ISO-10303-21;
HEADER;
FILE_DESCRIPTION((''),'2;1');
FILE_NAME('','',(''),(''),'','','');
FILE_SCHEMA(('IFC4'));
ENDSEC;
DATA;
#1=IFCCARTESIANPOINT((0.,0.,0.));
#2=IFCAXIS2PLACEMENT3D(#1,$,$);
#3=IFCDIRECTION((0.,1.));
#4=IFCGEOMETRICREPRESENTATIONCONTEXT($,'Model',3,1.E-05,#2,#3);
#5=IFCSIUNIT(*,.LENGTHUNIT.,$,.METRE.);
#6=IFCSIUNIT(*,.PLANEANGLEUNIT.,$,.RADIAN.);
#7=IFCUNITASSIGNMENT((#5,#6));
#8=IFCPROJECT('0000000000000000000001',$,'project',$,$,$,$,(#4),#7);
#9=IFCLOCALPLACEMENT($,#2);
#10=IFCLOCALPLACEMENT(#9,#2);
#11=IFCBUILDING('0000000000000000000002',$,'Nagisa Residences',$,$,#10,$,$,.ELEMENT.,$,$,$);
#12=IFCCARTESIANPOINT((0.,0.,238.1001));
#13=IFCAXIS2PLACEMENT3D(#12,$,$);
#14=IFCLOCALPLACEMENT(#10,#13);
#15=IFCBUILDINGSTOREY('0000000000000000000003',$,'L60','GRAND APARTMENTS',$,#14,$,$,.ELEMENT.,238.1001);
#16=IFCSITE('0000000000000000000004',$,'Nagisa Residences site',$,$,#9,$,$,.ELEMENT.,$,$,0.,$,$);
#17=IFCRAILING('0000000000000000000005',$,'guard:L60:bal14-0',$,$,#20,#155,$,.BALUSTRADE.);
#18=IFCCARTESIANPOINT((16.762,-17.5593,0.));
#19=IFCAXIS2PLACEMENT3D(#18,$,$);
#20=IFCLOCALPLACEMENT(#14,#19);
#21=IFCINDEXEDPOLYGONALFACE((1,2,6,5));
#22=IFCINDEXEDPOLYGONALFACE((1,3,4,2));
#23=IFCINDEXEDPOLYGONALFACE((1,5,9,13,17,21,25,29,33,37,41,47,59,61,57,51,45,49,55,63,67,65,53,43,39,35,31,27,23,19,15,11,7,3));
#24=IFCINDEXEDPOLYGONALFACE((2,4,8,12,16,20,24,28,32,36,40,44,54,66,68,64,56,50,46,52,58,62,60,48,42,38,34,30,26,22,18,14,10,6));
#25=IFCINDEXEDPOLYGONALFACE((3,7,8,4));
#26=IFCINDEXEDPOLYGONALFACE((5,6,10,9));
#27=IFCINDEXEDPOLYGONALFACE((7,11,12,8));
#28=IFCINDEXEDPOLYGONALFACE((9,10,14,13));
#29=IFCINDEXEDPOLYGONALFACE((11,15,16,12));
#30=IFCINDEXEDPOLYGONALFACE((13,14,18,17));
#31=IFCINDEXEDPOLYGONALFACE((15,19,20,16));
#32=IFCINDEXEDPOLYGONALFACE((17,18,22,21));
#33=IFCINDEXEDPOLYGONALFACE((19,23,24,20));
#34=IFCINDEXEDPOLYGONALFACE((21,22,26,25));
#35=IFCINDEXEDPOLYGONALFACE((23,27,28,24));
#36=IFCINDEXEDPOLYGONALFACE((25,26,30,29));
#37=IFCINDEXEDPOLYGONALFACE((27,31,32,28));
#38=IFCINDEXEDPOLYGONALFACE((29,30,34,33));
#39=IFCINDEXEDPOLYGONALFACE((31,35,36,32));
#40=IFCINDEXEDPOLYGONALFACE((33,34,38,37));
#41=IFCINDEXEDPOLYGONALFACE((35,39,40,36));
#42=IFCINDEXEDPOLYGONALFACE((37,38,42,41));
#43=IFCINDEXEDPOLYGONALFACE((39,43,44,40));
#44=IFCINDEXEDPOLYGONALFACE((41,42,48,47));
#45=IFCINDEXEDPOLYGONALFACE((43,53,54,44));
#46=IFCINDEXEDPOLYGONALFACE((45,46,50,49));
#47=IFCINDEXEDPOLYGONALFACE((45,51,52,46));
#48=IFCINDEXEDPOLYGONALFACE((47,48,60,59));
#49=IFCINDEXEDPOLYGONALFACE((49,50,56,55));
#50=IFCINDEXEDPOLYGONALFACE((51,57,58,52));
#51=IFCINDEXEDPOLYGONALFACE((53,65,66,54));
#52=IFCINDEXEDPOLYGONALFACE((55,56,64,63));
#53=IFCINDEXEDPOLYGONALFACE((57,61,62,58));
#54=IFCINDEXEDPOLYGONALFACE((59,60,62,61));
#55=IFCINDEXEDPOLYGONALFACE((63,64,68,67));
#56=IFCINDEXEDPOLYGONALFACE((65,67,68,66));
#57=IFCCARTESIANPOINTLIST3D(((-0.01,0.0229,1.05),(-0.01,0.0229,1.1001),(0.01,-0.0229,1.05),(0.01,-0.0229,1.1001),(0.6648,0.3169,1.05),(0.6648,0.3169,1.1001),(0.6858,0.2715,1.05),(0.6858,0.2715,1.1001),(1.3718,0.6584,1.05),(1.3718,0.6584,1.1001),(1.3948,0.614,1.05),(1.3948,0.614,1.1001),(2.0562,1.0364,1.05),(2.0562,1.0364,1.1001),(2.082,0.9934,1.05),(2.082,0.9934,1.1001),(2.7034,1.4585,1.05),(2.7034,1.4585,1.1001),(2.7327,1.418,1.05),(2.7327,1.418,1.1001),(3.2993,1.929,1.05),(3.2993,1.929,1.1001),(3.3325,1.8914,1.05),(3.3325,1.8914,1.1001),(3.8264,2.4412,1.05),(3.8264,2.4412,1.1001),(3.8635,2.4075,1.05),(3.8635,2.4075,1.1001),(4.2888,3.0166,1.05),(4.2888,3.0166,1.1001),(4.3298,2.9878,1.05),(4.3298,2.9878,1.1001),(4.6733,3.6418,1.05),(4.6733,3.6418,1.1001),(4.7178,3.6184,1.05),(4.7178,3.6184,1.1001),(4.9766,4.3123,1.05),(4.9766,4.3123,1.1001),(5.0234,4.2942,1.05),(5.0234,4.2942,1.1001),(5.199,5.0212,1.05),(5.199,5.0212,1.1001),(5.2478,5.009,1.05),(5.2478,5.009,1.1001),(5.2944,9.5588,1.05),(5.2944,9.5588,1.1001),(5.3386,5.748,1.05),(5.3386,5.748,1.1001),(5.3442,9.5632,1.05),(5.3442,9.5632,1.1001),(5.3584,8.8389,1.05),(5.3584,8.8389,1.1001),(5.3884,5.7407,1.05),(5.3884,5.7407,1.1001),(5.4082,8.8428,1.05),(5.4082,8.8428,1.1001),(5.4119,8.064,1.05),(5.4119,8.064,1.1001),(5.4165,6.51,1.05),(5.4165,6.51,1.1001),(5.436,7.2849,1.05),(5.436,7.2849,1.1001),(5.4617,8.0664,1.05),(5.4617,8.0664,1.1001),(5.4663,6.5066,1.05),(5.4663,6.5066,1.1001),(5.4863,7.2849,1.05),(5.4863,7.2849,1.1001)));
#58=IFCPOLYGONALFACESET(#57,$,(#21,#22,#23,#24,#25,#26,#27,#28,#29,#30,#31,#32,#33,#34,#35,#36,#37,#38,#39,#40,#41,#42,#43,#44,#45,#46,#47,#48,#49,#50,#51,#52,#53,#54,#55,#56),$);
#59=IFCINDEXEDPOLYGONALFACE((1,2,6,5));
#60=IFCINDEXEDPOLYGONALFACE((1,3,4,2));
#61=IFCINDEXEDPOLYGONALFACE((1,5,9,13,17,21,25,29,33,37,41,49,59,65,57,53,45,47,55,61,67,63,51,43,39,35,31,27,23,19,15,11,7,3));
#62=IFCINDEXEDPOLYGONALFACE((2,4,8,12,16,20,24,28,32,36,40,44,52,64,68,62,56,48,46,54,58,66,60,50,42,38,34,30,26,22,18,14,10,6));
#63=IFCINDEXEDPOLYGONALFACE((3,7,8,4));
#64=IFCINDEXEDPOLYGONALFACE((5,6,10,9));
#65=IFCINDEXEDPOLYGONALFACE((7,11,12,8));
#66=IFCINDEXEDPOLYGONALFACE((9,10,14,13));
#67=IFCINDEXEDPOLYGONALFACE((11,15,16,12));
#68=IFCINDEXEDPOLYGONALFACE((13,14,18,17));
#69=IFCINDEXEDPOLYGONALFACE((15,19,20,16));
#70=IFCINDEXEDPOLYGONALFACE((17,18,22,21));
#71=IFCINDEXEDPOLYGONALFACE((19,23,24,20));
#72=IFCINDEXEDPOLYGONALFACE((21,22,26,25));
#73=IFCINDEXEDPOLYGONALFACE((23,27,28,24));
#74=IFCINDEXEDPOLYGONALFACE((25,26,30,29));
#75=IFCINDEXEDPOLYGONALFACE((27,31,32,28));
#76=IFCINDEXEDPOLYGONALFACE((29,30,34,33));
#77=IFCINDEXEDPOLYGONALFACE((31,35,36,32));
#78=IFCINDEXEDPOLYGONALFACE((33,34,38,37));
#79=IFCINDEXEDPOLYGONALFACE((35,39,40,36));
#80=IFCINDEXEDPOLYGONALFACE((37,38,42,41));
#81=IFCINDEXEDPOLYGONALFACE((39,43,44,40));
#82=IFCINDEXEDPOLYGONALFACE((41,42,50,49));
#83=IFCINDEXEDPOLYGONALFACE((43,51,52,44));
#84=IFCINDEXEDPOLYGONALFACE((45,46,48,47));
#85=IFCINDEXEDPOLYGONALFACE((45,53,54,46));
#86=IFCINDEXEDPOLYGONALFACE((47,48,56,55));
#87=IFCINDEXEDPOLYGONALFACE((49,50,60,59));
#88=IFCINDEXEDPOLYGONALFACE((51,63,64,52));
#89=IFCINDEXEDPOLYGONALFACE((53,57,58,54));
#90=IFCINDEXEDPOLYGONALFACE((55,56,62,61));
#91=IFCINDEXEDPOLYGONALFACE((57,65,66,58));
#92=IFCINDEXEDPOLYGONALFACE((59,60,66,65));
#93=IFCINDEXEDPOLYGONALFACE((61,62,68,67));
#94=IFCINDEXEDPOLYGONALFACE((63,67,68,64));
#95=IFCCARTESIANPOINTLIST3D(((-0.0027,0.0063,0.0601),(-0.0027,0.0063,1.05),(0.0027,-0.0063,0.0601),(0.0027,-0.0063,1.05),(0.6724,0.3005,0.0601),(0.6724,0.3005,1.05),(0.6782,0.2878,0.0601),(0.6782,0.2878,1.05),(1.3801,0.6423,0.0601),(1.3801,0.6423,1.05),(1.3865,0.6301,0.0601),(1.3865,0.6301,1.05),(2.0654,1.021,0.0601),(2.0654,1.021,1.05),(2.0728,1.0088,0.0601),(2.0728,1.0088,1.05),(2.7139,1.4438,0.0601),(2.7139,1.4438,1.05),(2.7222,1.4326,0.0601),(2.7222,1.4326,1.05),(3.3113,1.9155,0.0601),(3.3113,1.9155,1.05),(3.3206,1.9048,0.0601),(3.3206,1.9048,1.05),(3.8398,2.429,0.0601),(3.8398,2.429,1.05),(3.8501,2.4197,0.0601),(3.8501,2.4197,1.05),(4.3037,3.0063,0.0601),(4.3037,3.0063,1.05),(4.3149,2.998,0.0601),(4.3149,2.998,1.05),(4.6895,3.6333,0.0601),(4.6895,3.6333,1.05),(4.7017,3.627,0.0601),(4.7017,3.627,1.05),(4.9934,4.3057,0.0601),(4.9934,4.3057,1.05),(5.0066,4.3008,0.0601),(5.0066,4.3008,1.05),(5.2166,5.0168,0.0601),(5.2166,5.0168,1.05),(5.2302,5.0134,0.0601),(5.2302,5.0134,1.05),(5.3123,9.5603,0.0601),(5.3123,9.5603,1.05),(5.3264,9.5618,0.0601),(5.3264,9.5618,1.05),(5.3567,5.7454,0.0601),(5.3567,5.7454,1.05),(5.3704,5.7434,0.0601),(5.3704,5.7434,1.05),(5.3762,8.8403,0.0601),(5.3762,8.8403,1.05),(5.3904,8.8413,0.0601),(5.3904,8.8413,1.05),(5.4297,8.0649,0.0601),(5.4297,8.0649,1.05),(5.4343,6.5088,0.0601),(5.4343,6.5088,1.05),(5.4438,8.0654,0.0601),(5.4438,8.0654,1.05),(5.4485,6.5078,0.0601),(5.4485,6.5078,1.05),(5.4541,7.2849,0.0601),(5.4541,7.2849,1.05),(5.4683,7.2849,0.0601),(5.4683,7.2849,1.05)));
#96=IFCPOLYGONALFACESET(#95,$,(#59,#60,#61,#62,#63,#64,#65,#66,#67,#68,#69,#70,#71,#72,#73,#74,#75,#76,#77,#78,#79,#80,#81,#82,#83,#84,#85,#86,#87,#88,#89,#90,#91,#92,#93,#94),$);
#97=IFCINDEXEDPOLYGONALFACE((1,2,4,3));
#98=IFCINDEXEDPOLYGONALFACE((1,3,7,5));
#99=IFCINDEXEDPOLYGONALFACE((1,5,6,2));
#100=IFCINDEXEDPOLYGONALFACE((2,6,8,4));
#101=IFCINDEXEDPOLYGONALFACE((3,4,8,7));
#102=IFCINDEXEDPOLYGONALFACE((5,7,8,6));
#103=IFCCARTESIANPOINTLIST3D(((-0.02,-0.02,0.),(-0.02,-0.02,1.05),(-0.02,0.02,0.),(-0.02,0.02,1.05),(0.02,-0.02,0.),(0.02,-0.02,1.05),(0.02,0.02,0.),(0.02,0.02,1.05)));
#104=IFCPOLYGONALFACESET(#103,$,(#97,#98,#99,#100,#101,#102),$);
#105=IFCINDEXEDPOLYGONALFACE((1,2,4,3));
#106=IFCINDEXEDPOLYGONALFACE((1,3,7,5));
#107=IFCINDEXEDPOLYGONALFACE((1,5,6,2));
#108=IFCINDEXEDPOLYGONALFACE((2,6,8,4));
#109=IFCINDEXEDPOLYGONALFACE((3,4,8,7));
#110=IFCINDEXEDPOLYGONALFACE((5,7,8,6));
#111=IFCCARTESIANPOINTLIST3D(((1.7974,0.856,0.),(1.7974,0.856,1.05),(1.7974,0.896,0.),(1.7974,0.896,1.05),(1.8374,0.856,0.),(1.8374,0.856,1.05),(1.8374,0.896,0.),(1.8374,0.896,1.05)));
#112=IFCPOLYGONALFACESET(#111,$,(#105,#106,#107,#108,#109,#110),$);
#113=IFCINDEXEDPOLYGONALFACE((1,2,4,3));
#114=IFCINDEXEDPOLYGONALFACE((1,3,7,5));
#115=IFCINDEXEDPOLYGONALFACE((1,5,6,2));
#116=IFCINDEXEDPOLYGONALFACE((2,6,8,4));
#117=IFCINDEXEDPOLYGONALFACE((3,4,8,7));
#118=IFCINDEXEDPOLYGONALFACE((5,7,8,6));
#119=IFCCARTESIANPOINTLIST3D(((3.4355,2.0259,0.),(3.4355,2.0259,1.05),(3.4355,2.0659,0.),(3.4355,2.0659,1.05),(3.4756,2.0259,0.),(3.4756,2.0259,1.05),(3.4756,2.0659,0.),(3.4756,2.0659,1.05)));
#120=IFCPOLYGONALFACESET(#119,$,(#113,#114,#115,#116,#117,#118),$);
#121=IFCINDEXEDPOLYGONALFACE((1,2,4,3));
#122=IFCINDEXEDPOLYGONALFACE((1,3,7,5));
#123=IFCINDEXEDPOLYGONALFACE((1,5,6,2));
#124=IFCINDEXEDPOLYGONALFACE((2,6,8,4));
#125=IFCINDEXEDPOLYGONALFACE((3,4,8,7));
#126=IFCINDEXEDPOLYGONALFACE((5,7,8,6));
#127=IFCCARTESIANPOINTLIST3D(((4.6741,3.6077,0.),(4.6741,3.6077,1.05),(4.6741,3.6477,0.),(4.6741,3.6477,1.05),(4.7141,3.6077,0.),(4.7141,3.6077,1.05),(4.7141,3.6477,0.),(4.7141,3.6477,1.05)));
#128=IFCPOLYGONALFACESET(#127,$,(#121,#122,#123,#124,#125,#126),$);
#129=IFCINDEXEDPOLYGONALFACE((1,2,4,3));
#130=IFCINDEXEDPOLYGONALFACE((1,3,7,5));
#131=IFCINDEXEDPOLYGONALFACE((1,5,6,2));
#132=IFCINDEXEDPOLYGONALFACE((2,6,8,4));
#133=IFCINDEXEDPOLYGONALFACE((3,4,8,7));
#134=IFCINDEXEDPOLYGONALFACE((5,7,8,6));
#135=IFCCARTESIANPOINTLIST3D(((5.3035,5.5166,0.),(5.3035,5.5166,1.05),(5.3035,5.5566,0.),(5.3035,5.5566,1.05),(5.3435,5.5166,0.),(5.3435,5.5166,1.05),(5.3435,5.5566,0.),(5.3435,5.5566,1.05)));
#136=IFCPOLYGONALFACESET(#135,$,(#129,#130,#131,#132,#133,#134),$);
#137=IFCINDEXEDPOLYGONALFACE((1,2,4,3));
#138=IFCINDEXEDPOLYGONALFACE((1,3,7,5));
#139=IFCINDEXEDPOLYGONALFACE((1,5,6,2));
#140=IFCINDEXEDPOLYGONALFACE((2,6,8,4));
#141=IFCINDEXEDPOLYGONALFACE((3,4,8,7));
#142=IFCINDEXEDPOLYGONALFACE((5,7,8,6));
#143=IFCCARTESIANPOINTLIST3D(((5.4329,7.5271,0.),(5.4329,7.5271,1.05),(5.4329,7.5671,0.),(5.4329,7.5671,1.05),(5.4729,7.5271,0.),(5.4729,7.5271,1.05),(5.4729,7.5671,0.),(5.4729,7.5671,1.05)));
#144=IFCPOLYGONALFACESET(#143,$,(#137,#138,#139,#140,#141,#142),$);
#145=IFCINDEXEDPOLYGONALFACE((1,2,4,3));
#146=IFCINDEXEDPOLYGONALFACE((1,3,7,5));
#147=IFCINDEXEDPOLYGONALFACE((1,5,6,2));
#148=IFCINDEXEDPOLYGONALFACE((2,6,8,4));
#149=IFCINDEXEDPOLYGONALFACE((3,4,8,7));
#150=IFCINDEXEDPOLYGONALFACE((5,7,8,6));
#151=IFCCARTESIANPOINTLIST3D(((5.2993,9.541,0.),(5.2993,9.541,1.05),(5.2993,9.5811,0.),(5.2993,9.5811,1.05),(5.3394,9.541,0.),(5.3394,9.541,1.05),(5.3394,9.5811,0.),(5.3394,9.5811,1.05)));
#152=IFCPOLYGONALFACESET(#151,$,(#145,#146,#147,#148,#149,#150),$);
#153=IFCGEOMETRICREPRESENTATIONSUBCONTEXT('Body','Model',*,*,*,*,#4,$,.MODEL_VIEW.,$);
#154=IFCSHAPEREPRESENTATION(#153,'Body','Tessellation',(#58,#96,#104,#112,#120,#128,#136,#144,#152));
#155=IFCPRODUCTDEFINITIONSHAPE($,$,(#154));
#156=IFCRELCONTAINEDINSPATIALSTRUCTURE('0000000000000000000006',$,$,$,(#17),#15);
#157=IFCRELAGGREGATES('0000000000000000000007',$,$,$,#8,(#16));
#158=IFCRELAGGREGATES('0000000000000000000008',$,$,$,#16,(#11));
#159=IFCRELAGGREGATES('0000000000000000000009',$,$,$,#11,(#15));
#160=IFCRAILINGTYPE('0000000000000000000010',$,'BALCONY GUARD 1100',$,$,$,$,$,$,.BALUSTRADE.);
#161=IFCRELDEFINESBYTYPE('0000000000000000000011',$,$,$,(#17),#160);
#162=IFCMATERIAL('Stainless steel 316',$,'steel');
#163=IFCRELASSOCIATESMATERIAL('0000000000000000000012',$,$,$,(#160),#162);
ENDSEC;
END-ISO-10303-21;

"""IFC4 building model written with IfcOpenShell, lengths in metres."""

from ifc_helpers import new_model, si_unit, direction, frame, origin, origin_2d, place, context, subcontext, project, spatial, polyline, rectangle, outline, extrude, material, type_object, element, save


model = new_model("IFC4")

# Units and contexts
model_context = context("Model", 3, precision=1e-05, world=origin(), true_north=direction((0.0, 1.0)))
body_context = subcontext(model_context, "Body", "Model", "MODEL_VIEW")
ifc_project = project(units=[si_unit("LENGTHUNIT", "METRE"), si_unit("PLANEANGLEUNIT", "RADIAN")], contexts=[model_context])

# Site, building, storey
site_placement = place(None, origin())
site = spatial("IfcSite", under=ifc_project, at=site_placement, Name="Nagisa Residences site", CompositionType="ELEMENT", RefElevation=0.0)
building_placement = place(site_placement, origin())
building = spatial("IfcBuilding", under=site, at=building_placement, Name="Nagisa Residences", CompositionType="ELEMENT")
storey_placement = place(building_placement, frame((0.0, 0.0, 238.1001)))
storey = spatial("IfcBuildingStorey", under=building, at=storey_placement, Name="L60", Description="GRAND APARTMENTS", CompositionType="ELEMENT", Elevation=238.1001)

# Railing
ifc_material_1 = material(Name="Stainless steel 316", Category="steel")
railing_type = type_object("IfcRailingType", Name="BALCONY GUARD 1100", PredefinedType="BALUSTRADE", material=ifc_material_1)
railing_placement = place(storey_placement, frame((16.762, -17.5593, 0.0)))
element("IfcRailing", 1, at=railing_placement, inside=storey, type_object=railing_type, Name="guard:L60:bal14-0", PredefinedType="BALUSTRADE", context=body_context, shape_type="SweptSolid", body=[
    extrude(outline(polyline([(0.6648, 0.3169), (-0.01, 0.0229), (0.01, -0.0229), (0.6858, 0.2715), (1.3948, 0.614), (2.082, 0.9934), (2.7327, 1.418), (3.3325, 1.8914), (3.8635, 2.4075), (4.3298, 2.9878), (4.7178, 3.6184), (5.0234, 4.2942), (5.2478, 5.009), (5.3884, 5.7407), (5.4663, 6.5066), (5.4863, 7.2849), (5.4617, 8.0664), (5.4082, 8.8428), (5.3442, 9.5632), (5.2944, 9.5588), (5.3584, 8.8389), (5.4119, 8.064), (5.436, 7.2849), (5.4165, 6.51), (5.3386, 5.748), (5.199, 5.0212), (4.9766, 4.3123), (4.6733, 3.6418), (4.2888, 3.0166), (3.8264, 2.4412), (3.2993, 1.929), (2.7034, 1.4585), (2.0562, 1.0364), (1.3718, 0.6584), (0.6648, 0.3169)])), frame((0.0, 0.0, 1.05)), (0.0, 0.0, 1.0), 0.05),
    extrude(outline(polyline([(0.6724, 0.3005), (-0.0027, 0.0063), (0.0027, -0.0063), (0.6782, 0.2878), (1.3865, 0.6301), (2.0728, 1.0088), (2.7222, 1.4326), (3.3206, 1.9048), (3.8501, 2.4197), (4.3149, 2.998), (4.7017, 3.627), (5.0066, 4.3008), (5.2302, 5.0134), (5.3704, 5.7434), (5.4485, 6.5078), (5.4683, 7.2849), (5.4438, 8.0654), (5.3904, 8.8413), (5.3264, 9.5618), (5.3123, 9.5603), (5.3762, 8.8403), (5.4297, 8.0649), (5.4541, 7.2849), (5.4343, 6.5088), (5.3567, 5.7454), (5.2166, 5.0168), (4.9934, 4.3057), (4.6895, 3.6333), (4.3037, 3.0063), (3.8398, 2.429), (3.3113, 1.9155), (2.7139, 1.4438), (2.0654, 1.021), (1.3801, 0.6423), (0.6724, 0.3005)])), frame((0.0, 0.0, 0.0601)), (0.0, 0.0, 1.0), 0.99),
    extrude(rectangle(XDim=0.04, YDim=0.04, at=origin_2d()), origin(), (0.0, 0.0, 1.0), 1.05),
    extrude(rectangle(XDim=0.04, YDim=0.04, at=origin_2d()), frame((1.8174, 0.876, 0.0)), (0.0, 0.0, 1.0), 1.05),
    extrude(rectangle(XDim=0.04, YDim=0.04, at=origin_2d()), frame((3.4556, 2.0459, 0.0)), (0.0, 0.0, 1.0), 1.05),
    extrude(rectangle(XDim=0.04, YDim=0.04, at=origin_2d()), frame((4.6941, 3.6277, 0.0)), (0.0, 0.0, 1.0), 1.05),
    extrude(rectangle(XDim=0.04, YDim=0.04, at=origin_2d()), frame((5.3235, 5.5366, 0.0)), (0.0, 0.0, 1.0), 1.05),
    extrude(rectangle(XDim=0.04, YDim=0.04, at=origin_2d()), frame((5.4529, 7.5471, 0.0)), (0.0, 0.0, 1.0), 1.05),
    extrude(rectangle(XDim=0.04, YDim=0.04, at=origin_2d()), frame((5.3193, 9.561, 0.0)), (0.0, 0.0, 1.0), 1.05),
])

save(model, "model.ifc")
